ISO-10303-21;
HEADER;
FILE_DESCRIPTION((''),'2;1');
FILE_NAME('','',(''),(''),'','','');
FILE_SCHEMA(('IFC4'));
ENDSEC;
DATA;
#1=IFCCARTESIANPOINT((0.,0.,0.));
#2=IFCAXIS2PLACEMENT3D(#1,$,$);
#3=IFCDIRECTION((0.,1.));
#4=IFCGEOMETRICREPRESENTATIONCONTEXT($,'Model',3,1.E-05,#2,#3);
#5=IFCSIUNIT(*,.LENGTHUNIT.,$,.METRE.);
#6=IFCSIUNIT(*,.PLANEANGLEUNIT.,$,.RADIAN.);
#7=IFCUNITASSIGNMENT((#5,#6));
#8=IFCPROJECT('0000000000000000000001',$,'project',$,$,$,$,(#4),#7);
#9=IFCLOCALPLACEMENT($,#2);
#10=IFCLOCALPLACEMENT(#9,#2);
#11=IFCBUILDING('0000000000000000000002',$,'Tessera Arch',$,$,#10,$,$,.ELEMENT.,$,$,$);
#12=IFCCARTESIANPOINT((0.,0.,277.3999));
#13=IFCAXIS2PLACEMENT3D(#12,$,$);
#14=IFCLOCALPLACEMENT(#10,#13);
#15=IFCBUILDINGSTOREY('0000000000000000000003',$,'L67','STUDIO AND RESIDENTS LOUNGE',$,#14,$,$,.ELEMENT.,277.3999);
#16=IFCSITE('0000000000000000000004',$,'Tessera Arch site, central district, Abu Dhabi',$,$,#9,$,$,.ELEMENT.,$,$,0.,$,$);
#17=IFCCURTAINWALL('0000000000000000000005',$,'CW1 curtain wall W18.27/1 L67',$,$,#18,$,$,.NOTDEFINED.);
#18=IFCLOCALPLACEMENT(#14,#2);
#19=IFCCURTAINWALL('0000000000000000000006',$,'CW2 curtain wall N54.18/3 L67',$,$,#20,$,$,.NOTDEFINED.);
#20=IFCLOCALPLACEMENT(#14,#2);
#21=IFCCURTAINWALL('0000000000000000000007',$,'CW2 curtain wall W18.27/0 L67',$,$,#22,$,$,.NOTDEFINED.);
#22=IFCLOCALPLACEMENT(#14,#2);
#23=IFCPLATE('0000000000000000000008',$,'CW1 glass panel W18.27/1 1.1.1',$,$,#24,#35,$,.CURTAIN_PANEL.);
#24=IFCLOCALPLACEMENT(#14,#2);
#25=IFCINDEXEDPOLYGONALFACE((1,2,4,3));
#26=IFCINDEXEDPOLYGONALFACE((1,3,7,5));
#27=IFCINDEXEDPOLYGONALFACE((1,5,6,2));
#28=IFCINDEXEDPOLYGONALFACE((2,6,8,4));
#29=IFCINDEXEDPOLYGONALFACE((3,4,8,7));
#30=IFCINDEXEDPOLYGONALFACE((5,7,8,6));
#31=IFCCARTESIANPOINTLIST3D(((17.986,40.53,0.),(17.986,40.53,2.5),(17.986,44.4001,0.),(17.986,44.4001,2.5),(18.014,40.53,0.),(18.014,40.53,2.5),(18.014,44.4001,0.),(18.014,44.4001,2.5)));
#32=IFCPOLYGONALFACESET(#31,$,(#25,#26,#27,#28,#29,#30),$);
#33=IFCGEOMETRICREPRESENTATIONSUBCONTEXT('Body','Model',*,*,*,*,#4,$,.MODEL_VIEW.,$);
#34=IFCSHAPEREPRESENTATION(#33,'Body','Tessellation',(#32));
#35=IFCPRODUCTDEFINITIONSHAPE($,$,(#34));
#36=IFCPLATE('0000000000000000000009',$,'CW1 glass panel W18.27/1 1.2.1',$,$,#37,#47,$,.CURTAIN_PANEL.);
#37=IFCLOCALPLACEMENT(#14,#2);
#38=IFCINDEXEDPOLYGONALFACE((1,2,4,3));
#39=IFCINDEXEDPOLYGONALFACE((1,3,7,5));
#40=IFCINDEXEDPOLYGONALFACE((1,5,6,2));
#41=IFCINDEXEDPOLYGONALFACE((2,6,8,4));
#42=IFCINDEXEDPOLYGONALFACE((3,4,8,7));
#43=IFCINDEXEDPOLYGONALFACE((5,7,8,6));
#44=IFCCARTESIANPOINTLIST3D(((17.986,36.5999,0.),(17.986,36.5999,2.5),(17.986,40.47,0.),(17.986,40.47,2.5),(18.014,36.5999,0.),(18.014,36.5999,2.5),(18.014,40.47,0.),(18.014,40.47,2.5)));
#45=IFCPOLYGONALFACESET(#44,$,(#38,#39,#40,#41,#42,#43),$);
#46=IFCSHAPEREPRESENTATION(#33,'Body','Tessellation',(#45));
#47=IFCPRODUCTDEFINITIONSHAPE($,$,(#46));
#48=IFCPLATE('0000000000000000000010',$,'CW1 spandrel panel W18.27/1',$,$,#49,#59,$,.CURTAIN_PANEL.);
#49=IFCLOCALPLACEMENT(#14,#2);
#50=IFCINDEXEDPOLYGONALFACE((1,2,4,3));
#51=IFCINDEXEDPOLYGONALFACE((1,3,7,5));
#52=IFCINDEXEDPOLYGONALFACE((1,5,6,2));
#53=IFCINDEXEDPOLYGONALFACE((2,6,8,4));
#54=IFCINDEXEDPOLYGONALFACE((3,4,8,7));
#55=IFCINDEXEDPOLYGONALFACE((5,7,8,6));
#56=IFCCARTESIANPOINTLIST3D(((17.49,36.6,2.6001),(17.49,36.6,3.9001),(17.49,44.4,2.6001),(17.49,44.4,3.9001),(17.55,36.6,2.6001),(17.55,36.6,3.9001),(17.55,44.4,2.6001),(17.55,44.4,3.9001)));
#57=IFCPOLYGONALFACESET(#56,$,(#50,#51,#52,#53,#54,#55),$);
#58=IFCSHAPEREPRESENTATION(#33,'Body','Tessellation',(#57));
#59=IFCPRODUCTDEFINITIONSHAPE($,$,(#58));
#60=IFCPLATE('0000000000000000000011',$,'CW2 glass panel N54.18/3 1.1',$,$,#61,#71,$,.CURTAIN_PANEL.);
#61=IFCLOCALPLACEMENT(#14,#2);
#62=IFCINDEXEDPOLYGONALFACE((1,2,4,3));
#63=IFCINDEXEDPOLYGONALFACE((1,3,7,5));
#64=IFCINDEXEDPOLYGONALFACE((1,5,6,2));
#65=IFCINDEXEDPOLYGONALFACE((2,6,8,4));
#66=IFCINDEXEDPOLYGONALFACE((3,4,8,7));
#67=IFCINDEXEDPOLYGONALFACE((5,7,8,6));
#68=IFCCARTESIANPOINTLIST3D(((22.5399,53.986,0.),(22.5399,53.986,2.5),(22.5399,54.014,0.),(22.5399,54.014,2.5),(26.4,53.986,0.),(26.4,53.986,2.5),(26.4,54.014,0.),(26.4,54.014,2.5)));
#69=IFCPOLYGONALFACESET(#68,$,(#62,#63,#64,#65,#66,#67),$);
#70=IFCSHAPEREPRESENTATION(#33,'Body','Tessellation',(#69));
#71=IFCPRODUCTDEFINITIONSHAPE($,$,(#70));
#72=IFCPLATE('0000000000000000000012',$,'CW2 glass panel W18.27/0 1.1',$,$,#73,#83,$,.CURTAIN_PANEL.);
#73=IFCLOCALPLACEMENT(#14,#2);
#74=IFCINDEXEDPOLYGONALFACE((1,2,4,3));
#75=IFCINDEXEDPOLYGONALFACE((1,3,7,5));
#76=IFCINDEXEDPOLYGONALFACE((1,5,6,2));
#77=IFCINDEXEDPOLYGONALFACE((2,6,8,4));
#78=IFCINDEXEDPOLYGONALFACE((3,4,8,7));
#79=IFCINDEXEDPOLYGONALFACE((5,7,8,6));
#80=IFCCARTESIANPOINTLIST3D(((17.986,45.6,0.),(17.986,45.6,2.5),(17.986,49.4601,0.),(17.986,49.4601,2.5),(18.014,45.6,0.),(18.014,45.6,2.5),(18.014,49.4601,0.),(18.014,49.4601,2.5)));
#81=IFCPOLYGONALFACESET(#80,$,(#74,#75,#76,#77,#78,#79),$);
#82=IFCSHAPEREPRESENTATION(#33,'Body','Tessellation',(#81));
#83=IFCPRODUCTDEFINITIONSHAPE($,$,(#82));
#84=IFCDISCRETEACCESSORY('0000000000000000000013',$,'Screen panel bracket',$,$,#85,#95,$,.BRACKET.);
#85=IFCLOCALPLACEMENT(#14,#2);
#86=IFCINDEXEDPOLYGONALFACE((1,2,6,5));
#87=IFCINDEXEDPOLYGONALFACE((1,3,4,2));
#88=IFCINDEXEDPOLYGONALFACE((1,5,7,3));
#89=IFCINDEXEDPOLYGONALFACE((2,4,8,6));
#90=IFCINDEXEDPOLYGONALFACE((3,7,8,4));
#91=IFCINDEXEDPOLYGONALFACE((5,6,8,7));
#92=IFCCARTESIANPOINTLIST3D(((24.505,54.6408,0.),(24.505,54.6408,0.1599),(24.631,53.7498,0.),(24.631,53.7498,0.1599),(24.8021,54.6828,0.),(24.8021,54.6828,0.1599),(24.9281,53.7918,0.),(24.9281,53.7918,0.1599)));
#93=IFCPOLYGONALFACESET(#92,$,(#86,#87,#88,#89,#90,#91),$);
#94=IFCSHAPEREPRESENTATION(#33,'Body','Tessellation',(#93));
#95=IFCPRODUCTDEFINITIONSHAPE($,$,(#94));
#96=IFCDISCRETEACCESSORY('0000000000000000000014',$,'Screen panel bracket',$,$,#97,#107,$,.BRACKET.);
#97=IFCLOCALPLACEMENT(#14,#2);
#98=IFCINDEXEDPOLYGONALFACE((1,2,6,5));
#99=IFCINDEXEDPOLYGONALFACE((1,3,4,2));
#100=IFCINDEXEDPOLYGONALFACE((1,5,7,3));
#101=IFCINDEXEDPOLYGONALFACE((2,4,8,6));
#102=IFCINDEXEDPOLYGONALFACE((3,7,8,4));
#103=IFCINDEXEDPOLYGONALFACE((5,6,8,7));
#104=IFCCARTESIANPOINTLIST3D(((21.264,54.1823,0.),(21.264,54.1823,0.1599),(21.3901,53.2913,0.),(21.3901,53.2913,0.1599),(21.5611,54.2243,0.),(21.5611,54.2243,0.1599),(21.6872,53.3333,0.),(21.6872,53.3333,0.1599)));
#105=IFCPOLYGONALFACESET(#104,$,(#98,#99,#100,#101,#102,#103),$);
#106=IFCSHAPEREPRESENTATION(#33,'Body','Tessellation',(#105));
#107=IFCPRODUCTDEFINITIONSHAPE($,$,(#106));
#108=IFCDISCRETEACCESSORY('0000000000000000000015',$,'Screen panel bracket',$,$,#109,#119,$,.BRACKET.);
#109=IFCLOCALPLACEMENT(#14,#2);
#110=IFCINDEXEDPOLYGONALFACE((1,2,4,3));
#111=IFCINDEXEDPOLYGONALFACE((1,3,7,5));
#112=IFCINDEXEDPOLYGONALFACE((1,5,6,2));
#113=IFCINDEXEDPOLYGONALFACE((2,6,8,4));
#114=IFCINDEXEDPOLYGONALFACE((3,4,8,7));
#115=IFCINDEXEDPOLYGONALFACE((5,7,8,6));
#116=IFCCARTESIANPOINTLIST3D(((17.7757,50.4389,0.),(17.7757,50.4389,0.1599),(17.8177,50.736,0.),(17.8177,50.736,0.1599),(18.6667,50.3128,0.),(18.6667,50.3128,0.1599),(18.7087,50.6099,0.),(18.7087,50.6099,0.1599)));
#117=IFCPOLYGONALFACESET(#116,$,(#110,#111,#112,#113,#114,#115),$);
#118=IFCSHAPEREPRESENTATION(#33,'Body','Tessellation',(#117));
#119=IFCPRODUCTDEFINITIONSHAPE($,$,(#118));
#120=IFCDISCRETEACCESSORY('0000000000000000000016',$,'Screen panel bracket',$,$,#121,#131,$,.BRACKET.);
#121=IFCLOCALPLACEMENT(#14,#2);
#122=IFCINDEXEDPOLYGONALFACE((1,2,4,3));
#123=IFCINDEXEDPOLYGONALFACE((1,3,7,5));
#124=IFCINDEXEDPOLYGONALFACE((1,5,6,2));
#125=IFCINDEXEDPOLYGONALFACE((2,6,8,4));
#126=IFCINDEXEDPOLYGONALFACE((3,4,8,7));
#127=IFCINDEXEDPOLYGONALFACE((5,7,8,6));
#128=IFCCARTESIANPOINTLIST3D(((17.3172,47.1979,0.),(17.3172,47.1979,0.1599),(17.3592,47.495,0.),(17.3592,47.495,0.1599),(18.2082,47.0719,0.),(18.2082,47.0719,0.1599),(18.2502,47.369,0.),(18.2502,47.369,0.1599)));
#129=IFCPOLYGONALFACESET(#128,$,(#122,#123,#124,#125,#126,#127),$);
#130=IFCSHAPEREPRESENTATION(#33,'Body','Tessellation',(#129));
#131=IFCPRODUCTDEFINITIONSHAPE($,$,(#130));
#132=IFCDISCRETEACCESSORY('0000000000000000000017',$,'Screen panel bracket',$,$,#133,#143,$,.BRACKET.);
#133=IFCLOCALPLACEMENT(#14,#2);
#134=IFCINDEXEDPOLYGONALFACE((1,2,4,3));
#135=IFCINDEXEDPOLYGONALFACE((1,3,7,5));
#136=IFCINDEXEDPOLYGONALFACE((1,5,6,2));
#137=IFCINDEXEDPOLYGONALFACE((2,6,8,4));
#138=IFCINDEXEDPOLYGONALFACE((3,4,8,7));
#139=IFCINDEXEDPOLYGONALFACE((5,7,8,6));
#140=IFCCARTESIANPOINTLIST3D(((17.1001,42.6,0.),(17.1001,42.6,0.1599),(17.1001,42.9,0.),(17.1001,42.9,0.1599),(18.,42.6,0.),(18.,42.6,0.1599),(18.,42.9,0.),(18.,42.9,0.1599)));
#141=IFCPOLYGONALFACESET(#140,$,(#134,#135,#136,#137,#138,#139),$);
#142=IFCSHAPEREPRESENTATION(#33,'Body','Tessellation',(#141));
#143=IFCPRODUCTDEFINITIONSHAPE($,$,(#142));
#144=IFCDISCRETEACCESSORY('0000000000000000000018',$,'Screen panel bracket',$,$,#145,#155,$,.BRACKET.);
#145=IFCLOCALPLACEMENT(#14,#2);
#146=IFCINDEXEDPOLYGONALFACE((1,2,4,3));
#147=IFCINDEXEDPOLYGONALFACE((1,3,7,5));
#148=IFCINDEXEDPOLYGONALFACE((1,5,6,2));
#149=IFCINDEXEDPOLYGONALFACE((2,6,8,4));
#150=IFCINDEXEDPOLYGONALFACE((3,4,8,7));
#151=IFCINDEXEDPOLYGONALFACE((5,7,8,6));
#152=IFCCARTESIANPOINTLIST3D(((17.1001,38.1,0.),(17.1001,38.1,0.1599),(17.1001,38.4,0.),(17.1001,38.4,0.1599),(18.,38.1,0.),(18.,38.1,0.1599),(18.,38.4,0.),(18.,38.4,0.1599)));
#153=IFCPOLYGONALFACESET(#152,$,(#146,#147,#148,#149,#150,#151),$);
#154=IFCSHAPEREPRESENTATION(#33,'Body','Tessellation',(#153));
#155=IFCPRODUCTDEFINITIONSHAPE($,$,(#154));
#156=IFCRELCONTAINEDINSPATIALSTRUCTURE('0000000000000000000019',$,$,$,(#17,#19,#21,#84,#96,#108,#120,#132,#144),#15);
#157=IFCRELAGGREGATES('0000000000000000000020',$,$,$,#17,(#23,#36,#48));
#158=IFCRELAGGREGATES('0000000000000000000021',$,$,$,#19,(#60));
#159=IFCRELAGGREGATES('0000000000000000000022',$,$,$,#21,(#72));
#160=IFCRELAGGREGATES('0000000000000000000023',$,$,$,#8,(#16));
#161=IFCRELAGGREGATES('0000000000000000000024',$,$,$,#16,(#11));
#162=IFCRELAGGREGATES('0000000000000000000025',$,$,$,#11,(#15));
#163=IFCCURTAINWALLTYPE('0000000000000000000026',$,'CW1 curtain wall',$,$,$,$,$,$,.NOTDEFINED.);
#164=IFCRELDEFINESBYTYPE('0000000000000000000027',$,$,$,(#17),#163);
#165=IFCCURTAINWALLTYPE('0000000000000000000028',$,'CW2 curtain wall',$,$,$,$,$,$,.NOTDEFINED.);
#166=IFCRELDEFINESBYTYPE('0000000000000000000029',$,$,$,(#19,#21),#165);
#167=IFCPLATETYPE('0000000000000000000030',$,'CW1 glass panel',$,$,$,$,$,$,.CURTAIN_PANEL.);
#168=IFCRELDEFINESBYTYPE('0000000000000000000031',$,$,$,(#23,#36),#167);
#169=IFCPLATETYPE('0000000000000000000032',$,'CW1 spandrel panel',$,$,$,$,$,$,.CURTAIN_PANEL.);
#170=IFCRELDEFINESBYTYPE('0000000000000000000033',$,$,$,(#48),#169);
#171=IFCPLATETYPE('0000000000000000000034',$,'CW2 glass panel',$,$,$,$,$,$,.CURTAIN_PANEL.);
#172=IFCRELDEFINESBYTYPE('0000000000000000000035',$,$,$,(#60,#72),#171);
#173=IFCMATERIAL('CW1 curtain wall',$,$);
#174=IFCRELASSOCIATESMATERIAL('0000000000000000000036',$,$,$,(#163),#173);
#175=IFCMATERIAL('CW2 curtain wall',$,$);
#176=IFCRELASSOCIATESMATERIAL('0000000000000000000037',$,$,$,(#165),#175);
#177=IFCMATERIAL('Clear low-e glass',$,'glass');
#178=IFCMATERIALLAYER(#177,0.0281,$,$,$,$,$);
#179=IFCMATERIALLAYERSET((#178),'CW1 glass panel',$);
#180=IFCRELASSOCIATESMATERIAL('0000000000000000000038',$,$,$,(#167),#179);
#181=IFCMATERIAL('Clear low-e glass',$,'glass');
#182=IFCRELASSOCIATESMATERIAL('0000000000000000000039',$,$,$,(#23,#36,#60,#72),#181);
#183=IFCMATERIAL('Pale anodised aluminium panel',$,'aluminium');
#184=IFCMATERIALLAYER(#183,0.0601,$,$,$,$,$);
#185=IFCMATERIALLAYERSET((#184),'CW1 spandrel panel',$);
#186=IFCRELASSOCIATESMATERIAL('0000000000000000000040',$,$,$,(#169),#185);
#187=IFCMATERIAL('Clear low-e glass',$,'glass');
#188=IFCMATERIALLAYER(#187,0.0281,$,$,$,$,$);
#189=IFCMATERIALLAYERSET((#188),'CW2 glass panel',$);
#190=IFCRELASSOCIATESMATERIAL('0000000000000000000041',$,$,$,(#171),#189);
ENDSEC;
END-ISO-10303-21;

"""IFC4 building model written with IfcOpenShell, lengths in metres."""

from ifc_helpers import new_model, si_unit, direction, frame, origin, origin_2d, place, context, subcontext, project, spatial, rectangle, extrude, material, layer, layer_set, type_object, element, aggregate, save


model = new_model("IFC4")

# Units and contexts
model_context = context("Model", 3, precision=1e-05, world=origin(), true_north=direction((0.0, 1.0)))
body_context = subcontext(model_context, "Body", "Model", "MODEL_VIEW")
ifc_project = project(units=[si_unit("LENGTHUNIT", "METRE"), si_unit("PLANEANGLEUNIT", "RADIAN")], contexts=[model_context])

# Site, building, storey
site_placement = place(None, origin())
site = spatial("IfcSite", under=ifc_project, at=site_placement, Name="Tessera Arch site, central district, Abu Dhabi", CompositionType="ELEMENT", RefElevation=0.0)
building_placement = place(site_placement, origin())
building = spatial("IfcBuilding", under=site, at=building_placement, Name="Tessera Arch", CompositionType="ELEMENT")
storey_placement = place(building_placement, frame((0.0, 0.0, 277.3999)))
storey = spatial("IfcBuildingStorey", under=building, at=storey_placement, Name="L67", Description="STUDIO AND RESIDENTS LOUNGE", CompositionType="ELEMENT", Elevation=277.3999)

# Curtain wall
ifc_material_1 = material(Name="CW1 curtain wall")
curtain_wall_type_1 = type_object("IfcCurtainWallType", Name="CW1 curtain wall", PredefinedType="NOTDEFINED", material=ifc_material_1)
curtain_wall_1_placement = place(storey_placement, origin())
curtain_wall_1 = element("IfcCurtainWall", 1, at=curtain_wall_1_placement, inside=storey, type_object=curtain_wall_type_1, Name="CW1 curtain wall W18.27/1 L67", PredefinedType="NOTDEFINED")

# Curtain walls
ifc_material_2 = material(Name="CW2 curtain wall")
curtain_wall_type_2 = type_object("IfcCurtainWallType", Name="CW2 curtain wall", PredefinedType="NOTDEFINED", material=ifc_material_2)
curtain_wall_2_placement = place(storey_placement, origin())
curtain_wall_2 = element("IfcCurtainWall", 2, at=curtain_wall_2_placement, inside=storey, type_object=curtain_wall_type_2, Name="CW2 curtain wall N54.18/3 L67", PredefinedType="NOTDEFINED")
curtain_wall_3_placement = place(storey_placement, origin())
curtain_wall_3 = element("IfcCurtainWall", 3, at=curtain_wall_3_placement, inside=storey, type_object=curtain_wall_type_2, Name="CW2 curtain wall W18.27/0 L67", PredefinedType="NOTDEFINED")

# Plates
ifc_material_3 = material(Name="Clear low-e glass", Category="glass")
ifc_material_4 = material(Name="Clear low-e glass", Category="glass")
ifc_layer_1 = layer(ifc_material_4, 0.0281)
ifc_layer_set_1 = layer_set([ifc_layer_1], Name="CW1 glass panel")
plate_type_1 = type_object("IfcPlateType", Name="CW1 glass panel", PredefinedType="CURTAIN_PANEL", material=ifc_layer_set_1)
plate_1_placement = place(storey_placement, frame((18.0, 42.4651, 0.0), z_axis=(0.0, 0.0, 1.0), x_axis=(0.0, -1.0, 0.0)))
plate_1 = element("IfcPlate", 4, at=plate_1_placement, type_object=plate_type_1, material=ifc_material_3, Name="CW1 glass panel W18.27/1 1.1.1", PredefinedType="CURTAIN_PANEL", context=body_context, shape_type="SweptSolid", body=[
    extrude(rectangle(XDim=3.8701, YDim=0.0281, at=origin_2d()), origin(), (0.0, 0.0, 1.0), 2.5),
])
plate_2_placement = place(storey_placement, frame((18.0, 38.5349, 0.0), z_axis=(0.0, 0.0, 1.0), x_axis=(0.0, -1.0, 0.0)))
plate_2 = element("IfcPlate", 5, at=plate_2_placement, type_object=plate_type_1, material=ifc_material_3, Name="CW1 glass panel W18.27/1 1.2.1", PredefinedType="CURTAIN_PANEL", context=body_context, shape_type="SweptSolid", body=[
    extrude(rectangle(XDim=3.8701, YDim=0.0281, at=origin_2d()), origin(), (0.0, 0.0, 1.0), 2.5),
])
ifc_material_5 = material(Name="Pale anodised aluminium panel", Category="aluminium")
ifc_layer_2 = layer(ifc_material_5, 0.0601)
ifc_layer_set_2 = layer_set([ifc_layer_2], Name="CW1 spandrel panel")
plate_type_2 = type_object("IfcPlateType", Name="CW1 spandrel panel", PredefinedType="CURTAIN_PANEL", material=ifc_layer_set_2)
plate_3_placement = place(storey_placement, frame((17.52, 40.5, 2.6001), z_axis=(0.0, 0.0, 1.0), x_axis=(0.0, -1.0, 0.0)))
plate_3 = element("IfcPlate", 6, at=plate_3_placement, type_object=plate_type_2, Name="CW1 spandrel panel W18.27/1", PredefinedType="CURTAIN_PANEL", context=body_context, shape_type="SweptSolid", body=[
    extrude(rectangle(XDim=7.8, YDim=0.0601, at=origin_2d()), origin(), (0.0, 0.0, 1.0), 1.3),
])
aggregate(curtain_wall_1, [plate_1, plate_2, plate_3])
ifc_material_6 = material(Name="Clear low-e glass", Category="glass")
ifc_layer_3 = layer(ifc_material_6, 0.0281)
ifc_layer_set_3 = layer_set([ifc_layer_3], Name="CW2 glass panel")
plate_type_3 = type_object("IfcPlateType", Name="CW2 glass panel", PredefinedType="CURTAIN_PANEL", material=ifc_layer_set_3)
plate_4_placement = place(storey_placement, frame((24.47, 54.0, 0.0), z_axis=(0.0, 0.0, 1.0), x_axis=(-1.0, 0.0, 0.0)))
plate_4 = element("IfcPlate", 7, at=plate_4_placement, type_object=plate_type_3, material=ifc_material_3, Name="CW2 glass panel N54.18/3 1.1", PredefinedType="CURTAIN_PANEL", context=body_context, shape_type="SweptSolid", body=[
    extrude(rectangle(XDim=3.8601, YDim=0.0281, at=origin_2d()), origin(), (0.0, 0.0, 1.0), 2.5),
])
aggregate(curtain_wall_2, [plate_4])
plate_5_placement = place(storey_placement, frame((18.0, 47.53, 0.0), z_axis=(0.0, 0.0, 1.0), x_axis=(0.0, -1.0, 0.0)))
plate_5 = element("IfcPlate", 8, at=plate_5_placement, type_object=plate_type_3, material=ifc_material_3, Name="CW2 glass panel W18.27/0 1.1", PredefinedType="CURTAIN_PANEL", context=body_context, shape_type="SweptSolid", body=[
    extrude(rectangle(XDim=3.8601, YDim=0.0281, at=origin_2d()), origin(), (0.0, 0.0, 1.0), 2.5),
])
aggregate(curtain_wall_3, [plate_5])

# Discrete accessories
for number, where, z_axis, x_axis, name in (
    (9, (24.7166, 54.2163, 0.0), (0.0, 0.0, 1.0), (-0.140089, 0.990139, 0.0), "Screen panel bracket"),
    (10, (21.4756, 53.7578, 0.0), (0.0, 0.0, 1.0), (-0.140089, 0.990139, 0.0), "Screen panel bracket"),
    (11, (18.2422, 50.5244, 0.0), (0.0, 0.0, 1.0), (-0.990139, 0.140089, 0.0), "Screen panel bracket"),
    (12, (17.7837, 47.2834, 0.0), (0.0, 0.0, 1.0), (-0.990139, 0.140089, 0.0), "Screen panel bracket"),
    (13, (17.55, 42.75, 0.0), (0.0, 0.0, 1.0), (-1.0, 0.0, 0.0), "Screen panel bracket"),
    (14, (17.55, 38.25, 0.0), (0.0, 0.0, 1.0), (-1.0, 0.0, 0.0), "Screen panel bracket"),
):
    element("IfcDiscreteAccessory", number, at=place(storey_placement, frame(where, z_axis=z_axis, x_axis=x_axis)), inside=storey, Name=name, PredefinedType="BRACKET", context=body_context, shape_type="SweptSolid", body=[
        extrude(rectangle(XDim=0.8999, YDim=0.3, at=origin_2d()), origin(), (0.0, 0.0, 1.0), 0.1599),
    ])

save(model, "model.ifc")
